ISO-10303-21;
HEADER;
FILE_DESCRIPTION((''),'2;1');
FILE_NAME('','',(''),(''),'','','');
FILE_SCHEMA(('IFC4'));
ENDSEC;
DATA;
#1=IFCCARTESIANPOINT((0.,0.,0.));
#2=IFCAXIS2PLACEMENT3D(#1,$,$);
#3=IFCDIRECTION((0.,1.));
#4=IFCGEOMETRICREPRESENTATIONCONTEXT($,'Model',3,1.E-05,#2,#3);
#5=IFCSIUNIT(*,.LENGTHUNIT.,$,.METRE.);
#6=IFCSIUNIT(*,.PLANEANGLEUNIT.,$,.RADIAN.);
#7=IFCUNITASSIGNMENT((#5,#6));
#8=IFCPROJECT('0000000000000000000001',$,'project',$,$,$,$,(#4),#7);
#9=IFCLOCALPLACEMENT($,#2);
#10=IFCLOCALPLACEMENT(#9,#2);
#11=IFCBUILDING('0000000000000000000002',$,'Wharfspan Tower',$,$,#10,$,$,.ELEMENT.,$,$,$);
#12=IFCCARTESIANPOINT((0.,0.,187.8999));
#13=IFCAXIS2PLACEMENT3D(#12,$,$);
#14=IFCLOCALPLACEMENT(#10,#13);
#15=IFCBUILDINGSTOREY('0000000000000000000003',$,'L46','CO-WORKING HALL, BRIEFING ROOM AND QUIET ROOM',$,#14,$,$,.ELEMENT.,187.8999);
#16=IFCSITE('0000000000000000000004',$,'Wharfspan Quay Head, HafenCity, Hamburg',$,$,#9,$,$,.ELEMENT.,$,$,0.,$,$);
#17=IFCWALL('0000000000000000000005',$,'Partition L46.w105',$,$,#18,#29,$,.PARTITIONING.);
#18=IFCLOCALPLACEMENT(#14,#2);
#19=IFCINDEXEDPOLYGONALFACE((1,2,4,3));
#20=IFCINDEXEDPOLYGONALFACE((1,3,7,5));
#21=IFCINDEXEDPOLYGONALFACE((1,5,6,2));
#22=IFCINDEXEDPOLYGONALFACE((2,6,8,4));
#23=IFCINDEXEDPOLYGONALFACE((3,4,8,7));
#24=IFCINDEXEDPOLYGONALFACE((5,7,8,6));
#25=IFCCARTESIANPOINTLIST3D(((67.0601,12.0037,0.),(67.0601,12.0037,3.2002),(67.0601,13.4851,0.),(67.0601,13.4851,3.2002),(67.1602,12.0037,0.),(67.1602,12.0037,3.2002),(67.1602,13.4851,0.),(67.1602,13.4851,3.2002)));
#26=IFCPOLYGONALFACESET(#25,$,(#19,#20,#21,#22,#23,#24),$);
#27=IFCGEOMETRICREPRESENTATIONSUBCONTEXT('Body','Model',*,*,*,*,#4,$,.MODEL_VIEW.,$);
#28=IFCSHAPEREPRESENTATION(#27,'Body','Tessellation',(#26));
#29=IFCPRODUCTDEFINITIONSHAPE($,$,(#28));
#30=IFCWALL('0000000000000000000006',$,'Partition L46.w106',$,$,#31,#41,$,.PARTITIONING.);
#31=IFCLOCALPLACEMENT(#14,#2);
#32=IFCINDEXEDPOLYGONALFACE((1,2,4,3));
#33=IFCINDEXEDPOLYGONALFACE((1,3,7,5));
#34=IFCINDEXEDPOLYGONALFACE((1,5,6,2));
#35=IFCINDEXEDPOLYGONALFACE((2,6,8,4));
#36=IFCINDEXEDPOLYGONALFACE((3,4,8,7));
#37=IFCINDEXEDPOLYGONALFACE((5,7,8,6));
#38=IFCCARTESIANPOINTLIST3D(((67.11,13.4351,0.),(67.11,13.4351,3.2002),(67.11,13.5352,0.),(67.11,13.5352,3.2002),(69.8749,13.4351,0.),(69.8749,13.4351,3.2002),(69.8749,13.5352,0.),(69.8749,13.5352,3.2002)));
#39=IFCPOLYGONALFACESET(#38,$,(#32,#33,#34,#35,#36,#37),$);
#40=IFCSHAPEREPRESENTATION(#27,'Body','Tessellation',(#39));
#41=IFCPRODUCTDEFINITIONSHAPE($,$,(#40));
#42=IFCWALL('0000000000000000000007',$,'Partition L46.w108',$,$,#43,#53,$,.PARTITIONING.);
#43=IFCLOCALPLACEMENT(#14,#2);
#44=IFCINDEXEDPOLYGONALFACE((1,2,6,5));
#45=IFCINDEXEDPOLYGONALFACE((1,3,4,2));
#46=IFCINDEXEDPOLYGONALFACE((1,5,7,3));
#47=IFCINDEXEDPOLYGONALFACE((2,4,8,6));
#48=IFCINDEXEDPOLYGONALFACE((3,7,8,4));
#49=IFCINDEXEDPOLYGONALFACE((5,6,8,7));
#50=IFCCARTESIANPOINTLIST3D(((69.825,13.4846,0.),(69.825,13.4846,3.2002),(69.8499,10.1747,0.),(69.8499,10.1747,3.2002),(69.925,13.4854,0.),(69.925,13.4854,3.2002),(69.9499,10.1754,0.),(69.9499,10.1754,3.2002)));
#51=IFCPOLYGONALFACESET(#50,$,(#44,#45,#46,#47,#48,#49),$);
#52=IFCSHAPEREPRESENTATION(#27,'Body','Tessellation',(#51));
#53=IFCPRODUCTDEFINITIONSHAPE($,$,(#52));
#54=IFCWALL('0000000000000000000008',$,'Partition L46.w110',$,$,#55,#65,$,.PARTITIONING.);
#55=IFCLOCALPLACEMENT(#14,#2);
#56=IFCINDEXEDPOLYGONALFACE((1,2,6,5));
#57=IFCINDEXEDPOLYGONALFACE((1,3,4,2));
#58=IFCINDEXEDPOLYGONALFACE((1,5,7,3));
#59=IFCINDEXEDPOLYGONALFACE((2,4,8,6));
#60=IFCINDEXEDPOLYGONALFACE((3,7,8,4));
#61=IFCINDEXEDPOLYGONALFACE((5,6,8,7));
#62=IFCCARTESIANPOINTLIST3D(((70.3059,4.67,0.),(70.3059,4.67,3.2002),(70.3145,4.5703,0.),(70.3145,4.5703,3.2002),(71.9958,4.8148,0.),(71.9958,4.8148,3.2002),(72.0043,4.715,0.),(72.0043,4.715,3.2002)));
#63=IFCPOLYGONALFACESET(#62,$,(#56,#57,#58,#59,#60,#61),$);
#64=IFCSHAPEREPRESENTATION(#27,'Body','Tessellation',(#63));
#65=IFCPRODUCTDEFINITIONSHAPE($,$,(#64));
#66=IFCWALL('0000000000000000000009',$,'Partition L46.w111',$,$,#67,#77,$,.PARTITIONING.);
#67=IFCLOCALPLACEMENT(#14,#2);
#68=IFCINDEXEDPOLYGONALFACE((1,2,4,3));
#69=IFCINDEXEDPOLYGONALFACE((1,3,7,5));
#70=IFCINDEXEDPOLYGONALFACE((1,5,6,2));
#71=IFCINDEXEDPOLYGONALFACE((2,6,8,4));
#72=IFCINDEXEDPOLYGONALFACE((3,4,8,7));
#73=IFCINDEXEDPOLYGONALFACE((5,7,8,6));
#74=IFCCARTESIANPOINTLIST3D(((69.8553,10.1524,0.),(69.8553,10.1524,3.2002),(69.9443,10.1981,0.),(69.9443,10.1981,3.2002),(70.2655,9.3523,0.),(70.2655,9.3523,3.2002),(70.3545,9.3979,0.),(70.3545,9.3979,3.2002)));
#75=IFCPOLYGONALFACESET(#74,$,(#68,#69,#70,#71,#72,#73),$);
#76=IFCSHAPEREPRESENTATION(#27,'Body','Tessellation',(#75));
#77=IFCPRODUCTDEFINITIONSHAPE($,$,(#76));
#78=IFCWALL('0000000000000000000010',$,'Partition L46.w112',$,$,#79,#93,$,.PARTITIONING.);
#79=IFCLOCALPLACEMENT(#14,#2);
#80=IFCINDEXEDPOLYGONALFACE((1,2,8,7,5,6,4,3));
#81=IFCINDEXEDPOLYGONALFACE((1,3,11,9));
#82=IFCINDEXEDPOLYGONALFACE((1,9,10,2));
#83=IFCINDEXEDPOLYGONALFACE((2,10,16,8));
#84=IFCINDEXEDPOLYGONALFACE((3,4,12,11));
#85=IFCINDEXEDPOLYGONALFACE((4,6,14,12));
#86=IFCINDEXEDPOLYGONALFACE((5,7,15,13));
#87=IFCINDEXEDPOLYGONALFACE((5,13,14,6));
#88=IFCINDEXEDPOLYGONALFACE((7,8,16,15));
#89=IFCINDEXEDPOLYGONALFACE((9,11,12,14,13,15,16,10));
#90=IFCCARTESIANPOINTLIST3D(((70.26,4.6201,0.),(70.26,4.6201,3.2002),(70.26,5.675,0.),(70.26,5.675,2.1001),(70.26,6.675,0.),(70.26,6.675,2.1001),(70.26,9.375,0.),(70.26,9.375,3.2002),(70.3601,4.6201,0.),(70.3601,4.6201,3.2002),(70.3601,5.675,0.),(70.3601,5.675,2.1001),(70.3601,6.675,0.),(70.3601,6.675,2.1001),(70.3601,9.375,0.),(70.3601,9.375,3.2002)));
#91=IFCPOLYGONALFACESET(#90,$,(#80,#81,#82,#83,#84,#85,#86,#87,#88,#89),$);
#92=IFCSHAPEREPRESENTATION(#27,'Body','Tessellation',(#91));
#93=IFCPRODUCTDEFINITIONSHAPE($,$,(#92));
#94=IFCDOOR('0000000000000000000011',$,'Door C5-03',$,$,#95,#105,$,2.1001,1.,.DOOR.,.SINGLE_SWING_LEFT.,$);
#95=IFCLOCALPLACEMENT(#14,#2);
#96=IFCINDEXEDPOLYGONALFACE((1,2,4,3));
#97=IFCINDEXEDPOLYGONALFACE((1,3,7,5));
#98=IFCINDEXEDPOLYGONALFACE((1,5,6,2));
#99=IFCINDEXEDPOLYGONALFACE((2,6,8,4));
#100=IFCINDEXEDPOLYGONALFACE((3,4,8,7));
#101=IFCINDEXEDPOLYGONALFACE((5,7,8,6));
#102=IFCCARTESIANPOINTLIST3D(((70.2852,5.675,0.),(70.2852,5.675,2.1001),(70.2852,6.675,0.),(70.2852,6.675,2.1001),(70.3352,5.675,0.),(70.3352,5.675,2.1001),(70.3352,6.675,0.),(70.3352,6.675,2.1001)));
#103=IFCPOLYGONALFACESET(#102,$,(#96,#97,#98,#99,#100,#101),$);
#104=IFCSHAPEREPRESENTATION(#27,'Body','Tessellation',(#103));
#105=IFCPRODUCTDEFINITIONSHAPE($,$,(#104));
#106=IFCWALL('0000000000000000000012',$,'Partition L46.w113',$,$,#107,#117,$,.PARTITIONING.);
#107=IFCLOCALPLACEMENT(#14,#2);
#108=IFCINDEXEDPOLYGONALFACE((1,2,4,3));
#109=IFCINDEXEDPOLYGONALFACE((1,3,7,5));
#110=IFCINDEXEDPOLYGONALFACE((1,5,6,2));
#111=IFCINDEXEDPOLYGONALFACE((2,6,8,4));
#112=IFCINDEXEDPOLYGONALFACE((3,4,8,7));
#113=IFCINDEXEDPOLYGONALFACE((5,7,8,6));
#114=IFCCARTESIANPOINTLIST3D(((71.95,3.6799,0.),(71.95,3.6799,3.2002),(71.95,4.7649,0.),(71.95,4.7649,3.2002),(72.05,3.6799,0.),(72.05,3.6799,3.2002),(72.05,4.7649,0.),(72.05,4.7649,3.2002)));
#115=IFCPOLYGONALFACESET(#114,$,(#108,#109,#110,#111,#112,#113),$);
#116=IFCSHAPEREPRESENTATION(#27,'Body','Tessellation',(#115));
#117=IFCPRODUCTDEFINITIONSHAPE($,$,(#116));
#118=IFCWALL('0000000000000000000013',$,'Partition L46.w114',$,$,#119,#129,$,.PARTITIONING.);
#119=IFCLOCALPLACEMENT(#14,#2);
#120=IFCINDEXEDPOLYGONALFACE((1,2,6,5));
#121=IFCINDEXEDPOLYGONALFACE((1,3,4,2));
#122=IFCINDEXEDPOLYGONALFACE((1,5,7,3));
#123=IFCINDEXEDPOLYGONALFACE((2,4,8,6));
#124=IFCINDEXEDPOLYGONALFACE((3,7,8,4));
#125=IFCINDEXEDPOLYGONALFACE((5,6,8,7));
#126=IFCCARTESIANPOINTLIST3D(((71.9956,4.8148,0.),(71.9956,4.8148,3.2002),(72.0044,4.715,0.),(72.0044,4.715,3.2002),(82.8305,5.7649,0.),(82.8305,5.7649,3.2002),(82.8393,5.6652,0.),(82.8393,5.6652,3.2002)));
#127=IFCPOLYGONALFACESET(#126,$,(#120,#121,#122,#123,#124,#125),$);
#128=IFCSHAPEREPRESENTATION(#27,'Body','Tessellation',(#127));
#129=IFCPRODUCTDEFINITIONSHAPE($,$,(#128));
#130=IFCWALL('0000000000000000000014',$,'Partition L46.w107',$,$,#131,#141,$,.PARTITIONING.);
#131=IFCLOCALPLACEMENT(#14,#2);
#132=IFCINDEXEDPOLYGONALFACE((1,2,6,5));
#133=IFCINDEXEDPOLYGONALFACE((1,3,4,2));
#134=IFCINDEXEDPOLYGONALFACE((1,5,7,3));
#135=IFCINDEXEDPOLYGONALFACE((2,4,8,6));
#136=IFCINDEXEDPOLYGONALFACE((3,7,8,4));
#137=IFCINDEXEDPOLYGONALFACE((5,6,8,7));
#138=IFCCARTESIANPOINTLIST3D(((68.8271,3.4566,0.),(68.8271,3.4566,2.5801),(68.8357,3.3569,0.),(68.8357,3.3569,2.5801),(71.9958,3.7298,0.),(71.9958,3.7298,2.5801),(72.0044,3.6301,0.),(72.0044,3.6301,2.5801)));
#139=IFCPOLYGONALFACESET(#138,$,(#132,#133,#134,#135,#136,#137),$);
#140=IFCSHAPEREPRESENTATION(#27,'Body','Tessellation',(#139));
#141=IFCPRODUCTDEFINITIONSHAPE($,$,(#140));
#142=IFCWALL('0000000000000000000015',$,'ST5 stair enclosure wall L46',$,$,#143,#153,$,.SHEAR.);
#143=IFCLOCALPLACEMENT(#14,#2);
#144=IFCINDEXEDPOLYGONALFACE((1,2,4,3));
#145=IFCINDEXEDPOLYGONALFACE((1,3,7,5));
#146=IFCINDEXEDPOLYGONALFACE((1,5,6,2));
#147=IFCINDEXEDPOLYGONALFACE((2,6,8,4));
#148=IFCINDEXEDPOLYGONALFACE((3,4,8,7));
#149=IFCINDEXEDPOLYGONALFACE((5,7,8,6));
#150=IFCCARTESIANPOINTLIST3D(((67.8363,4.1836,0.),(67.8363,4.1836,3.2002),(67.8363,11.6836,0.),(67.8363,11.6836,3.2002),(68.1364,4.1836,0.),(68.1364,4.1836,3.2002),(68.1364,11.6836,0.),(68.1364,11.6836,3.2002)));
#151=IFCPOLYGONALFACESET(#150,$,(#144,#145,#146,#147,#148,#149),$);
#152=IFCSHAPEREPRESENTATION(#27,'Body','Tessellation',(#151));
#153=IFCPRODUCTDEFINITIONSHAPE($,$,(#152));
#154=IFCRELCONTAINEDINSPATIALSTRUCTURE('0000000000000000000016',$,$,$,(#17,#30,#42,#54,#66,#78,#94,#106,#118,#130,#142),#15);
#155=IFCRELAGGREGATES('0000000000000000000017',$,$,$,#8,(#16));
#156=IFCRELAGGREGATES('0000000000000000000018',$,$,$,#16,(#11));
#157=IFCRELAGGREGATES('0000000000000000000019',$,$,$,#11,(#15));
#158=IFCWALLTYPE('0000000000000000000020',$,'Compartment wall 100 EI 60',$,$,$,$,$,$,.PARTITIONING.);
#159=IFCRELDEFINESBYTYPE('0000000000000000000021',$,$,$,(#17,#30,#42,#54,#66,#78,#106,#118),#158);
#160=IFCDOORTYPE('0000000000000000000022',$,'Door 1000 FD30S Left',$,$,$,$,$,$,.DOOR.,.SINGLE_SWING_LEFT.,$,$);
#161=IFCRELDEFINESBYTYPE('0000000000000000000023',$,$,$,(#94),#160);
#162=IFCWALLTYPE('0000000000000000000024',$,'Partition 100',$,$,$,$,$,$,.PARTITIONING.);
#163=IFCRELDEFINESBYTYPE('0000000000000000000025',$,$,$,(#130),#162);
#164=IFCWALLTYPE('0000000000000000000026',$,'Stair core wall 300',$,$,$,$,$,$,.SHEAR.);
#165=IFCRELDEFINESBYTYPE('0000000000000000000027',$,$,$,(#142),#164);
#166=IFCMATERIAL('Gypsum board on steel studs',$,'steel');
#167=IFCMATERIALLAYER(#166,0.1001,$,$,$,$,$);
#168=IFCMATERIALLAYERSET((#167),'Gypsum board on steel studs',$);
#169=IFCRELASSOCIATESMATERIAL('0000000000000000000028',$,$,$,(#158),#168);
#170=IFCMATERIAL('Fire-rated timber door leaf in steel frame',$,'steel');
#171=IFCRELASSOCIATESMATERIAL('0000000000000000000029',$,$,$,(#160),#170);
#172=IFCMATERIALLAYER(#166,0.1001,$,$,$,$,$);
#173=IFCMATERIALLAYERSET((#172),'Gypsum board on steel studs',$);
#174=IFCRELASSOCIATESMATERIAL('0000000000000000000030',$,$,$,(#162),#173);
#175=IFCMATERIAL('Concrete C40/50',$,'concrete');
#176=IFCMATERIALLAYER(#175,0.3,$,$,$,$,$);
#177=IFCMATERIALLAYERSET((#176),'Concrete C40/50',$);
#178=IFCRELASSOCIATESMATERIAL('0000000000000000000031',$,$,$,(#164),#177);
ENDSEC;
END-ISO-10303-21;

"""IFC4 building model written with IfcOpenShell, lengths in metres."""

from ifc_helpers import new_model, si_unit, direction, frame, frame_2d, origin, place, context, subcontext, project, spatial, rectangle, extrude, material, layer, layer_set, type_object, element, fill, save


model = new_model("IFC4")

# Units and contexts
model_context = context("Model", 3, precision=1e-05, world=origin(), true_north=direction((0.0, 1.0)))
body_context = subcontext(model_context, "Body", "Model", "MODEL_VIEW")
ifc_project = project(units=[si_unit("LENGTHUNIT", "METRE"), si_unit("PLANEANGLEUNIT", "RADIAN")], contexts=[model_context])

# Site, building, storey
site_placement = place(None, origin())
site = spatial("IfcSite", under=ifc_project, at=site_placement, Name="Wharfspan Quay Head, HafenCity, Hamburg", CompositionType="ELEMENT", RefElevation=0.0)
building_placement = place(site_placement, origin())
building = spatial("IfcBuilding", under=site, at=building_placement, Name="Wharfspan Tower", CompositionType="ELEMENT")
storey_placement = place(building_placement, frame((0.0, 0.0, 187.8999)))
storey = spatial("IfcBuildingStorey", under=building, at=storey_placement, Name="L46", Description="CO-WORKING HALL, BRIEFING ROOM AND QUIET ROOM", CompositionType="ELEMENT", Elevation=187.8999)

# Walls
ifc_material_1 = material(Name="Gypsum board on steel studs", Category="steel")
ifc_layer_1 = layer(ifc_material_1, 0.1001)
ifc_layer_set_1 = layer_set([ifc_layer_1], Name="Gypsum board on steel studs")
wall_type_1 = type_object("IfcWallType", Name="Compartment wall 100 EI 60", PredefinedType="PARTITIONING", material=ifc_layer_set_1)
wall_1_placement = place(storey_placement, frame((67.1101, 12.0037, 0.0), z_axis=(0.0, 0.0, 1.0), x_axis=(0.0, 1.0, 0.0)))
element("IfcWall", 1, at=wall_1_placement, inside=storey, type_object=wall_type_1, Name="Partition L46.w105", PredefinedType="PARTITIONING", context=body_context, shape_type="SweptSolid", body=[
    extrude(rectangle(XDim=1.4814, YDim=0.1001, at=frame_2d((0.7407, 0.0))), origin(), (0.0, 0.0, 1.0), 3.2002),
])
wall_2_placement = place(storey_placement, frame((67.1101, 13.4851, 0.0), z_axis=(0.0, 0.0, 1.0), x_axis=(1.0, 0.0, 0.0)))
element("IfcWall", 2, at=wall_2_placement, inside=storey, type_object=wall_type_1, Name="Partition L46.w106", PredefinedType="PARTITIONING", context=body_context, shape_type="SweptSolid", body=[
    extrude(rectangle(XDim=2.7649, YDim=0.1001, at=frame_2d((1.3823, 0.0))), origin(), (0.0, 0.0, 1.0), 3.2002),
])
wall_3_placement = place(storey_placement, frame((69.8999, 10.175, 0.0), z_axis=(0.0, 0.0, 1.0), x_axis=(-0.007523, 0.999969, 0.0)))
element("IfcWall", 3, at=wall_3_placement, inside=storey, type_object=wall_type_1, Name="Partition L46.w108", PredefinedType="PARTITIONING", context=body_context, shape_type="SweptSolid", body=[
    extrude(rectangle(XDim=3.3101, YDim=0.1001, at=frame_2d((1.655, 0.0))), origin(), (0.0, 0.0, 1.0), 3.2002),
])
wall_4_placement = place(storey_placement, frame((70.3101, 4.6201, 0.0), z_axis=(0.0, 0.0, 1.0), x_axis=(0.996348, 0.085356, 0.0)))
element("IfcWall", 4, at=wall_4_placement, inside=storey, type_object=wall_type_1, Name="Partition L46.w110", PredefinedType="PARTITIONING", context=body_context, shape_type="SweptSolid", body=[
    extrude(rectangle(XDim=1.696, YDim=0.1001, at=frame_2d((0.8481, 0.0))), origin(), (0.0, 0.0, 1.0), 3.2002),
])
wall_5_placement = place(storey_placement, frame((70.3101, 9.375, 0.0), z_axis=(0.0, 0.0, 1.0), x_axis=(-0.456208, 0.889877, 0.0)))
element("IfcWall", 5, at=wall_5_placement, inside=storey, type_object=wall_type_1, Name="Partition L46.w111", PredefinedType="PARTITIONING", context=body_context, shape_type="SweptSolid", body=[
    extrude(rectangle(XDim=0.8992, YDim=0.1001, at=frame_2d((0.4497, 0.0))), origin(), (0.0, 0.0, 1.0), 3.2002),
])

# Wall, opening, door
wall_6_placement = place(storey_placement, frame((70.3101, 4.6201, 0.0), z_axis=(0.0, 0.0, 1.0), x_axis=(0.0, 1.0, 0.0)))
wall_6 = element("IfcWall", 6, at=wall_6_placement, inside=storey, type_object=wall_type_1, Name="Partition L46.w112", PredefinedType="PARTITIONING", context=body_context, shape_type="SweptSolid", body=[
    extrude(rectangle(XDim=4.7549, YDim=0.1001, at=frame_2d((2.3774, 0.0))), origin(), (0.0, 0.0, 1.0), 3.2002),
])
opening_placement = place(wall_6_placement, frame((1.0549, 0.0, 0.0)))
opening = element("IfcOpeningElement", 7, at=opening_placement, cuts=wall_6, PredefinedType="OPENING", context=body_context, shape_type="SweptSolid", body=[
    extrude(rectangle(XDim=1.0, YDim=2.1001, at=frame_2d((0.5, 1.05))), frame((0.0, 0.0601, 0.0), z_axis=(0.0, -1.0, 0.0), x_axis=(1.0, 0.0, 0.0)), (0.0, 0.0, 1.0), 0.1201),
])
ifc_material_2 = material(Name="Fire-rated timber door leaf in steel frame", Category="steel")
door_type = type_object("IfcDoorType", Name="Door 1000 FD30S Left", OperationType="SINGLE_SWING_LEFT", PredefinedType="DOOR", material=ifc_material_2)
door_placement = place(opening_placement, origin())
door = element("IfcDoor", 8, at=door_placement, inside=storey, type_object=door_type, Name="Door C5-03", OperationType="SINGLE_SWING_LEFT", OverallHeight=2.1001, OverallWidth=1.0, PredefinedType="DOOR", context=body_context, shape_type="SweptSolid", body=[
    extrude(rectangle(XDim=1.0, YDim=2.1001, at=frame_2d((0.5, 1.05))), frame((0.0, 0.0249, 0.0), z_axis=(0.0, -1.0, 0.0), x_axis=(1.0, 0.0, 0.0)), (0.0, 0.0, 1.0), 0.05),
])
fill(opening, door)

# Walls
wall_7_placement = place(storey_placement, frame((72.0, 3.6799, 0.0), z_axis=(0.0, 0.0, 1.0), x_axis=(0.0, 1.0, 0.0)))
element("IfcWall", 9, at=wall_7_placement, inside=storey, type_object=wall_type_1, Name="Partition L46.w113", PredefinedType="PARTITIONING", context=body_context, shape_type="SweptSolid", body=[
    extrude(rectangle(XDim=1.085, YDim=0.1001, at=frame_2d((0.5425, 0.0))), origin(), (0.0, 0.0, 1.0), 3.2002),
])
wall_8_placement = place(storey_placement, frame((72.0, 4.7649, 0.0), z_axis=(0.0, 0.0, 1.0), x_axis=(0.996178, 0.087362, 0.0)))
element("IfcWall", 10, at=wall_8_placement, inside=storey, type_object=wall_type_1, Name="Partition L46.w114", PredefinedType="PARTITIONING", context=body_context, shape_type="SweptSolid", body=[
    extrude(rectangle(XDim=10.8765, YDim=0.1001, at=frame_2d((5.4382, 0.0))), origin(), (0.0, 0.0, 1.0), 3.2002),
])
ifc_layer_2 = layer(ifc_material_1, 0.1001)
ifc_layer_set_2 = layer_set([ifc_layer_2], Name="Gypsum board on steel studs")
wall_type_2 = type_object("IfcWallType", Name="Partition 100", PredefinedType="PARTITIONING", material=ifc_layer_set_2)
wall_9_placement = place(storey_placement, frame((68.8313, 3.4067, 0.0), z_axis=(0.0, 0.0, 1.0), x_axis=(0.996308, 0.085898, 0.0)))
element("IfcWall", 11, at=wall_9_placement, inside=storey, type_object=wall_type_2, Name="Partition L46.w107", PredefinedType="PARTITIONING", context=body_context, shape_type="SweptSolid", body=[
    extrude(rectangle(XDim=3.1804, YDim=0.1001, at=frame_2d((1.5903, 0.0))), origin(), (0.0, 0.0, 1.0), 2.5801),
])
ifc_material_3 = material(Name="Concrete C40/50", Category="concrete")
ifc_layer_3 = layer(ifc_material_3, 0.3)
ifc_layer_set_3 = layer_set([ifc_layer_3], Name="Concrete C40/50")
wall_type_3 = type_object("IfcWallType", Name="Stair core wall 300", PredefinedType="SHEAR", material=ifc_layer_set_3)
wall_10_placement = place(storey_placement, frame((67.9863, 4.1836, 0.0), z_axis=(0.0, 0.0, 1.0), x_axis=(0.0, 1.0, 0.0)))
element("IfcWall", 12, at=wall_10_placement, inside=storey, type_object=wall_type_3, Name="ST5 stair enclosure wall L46", PredefinedType="SHEAR", context=body_context, shape_type="SweptSolid", body=[
    extrude(rectangle(XDim=7.5, YDim=0.3, at=frame_2d((3.75, 0.0))), origin(), (0.0, 0.0, 1.0), 3.2002),
])

save(model, "model.ifc")
